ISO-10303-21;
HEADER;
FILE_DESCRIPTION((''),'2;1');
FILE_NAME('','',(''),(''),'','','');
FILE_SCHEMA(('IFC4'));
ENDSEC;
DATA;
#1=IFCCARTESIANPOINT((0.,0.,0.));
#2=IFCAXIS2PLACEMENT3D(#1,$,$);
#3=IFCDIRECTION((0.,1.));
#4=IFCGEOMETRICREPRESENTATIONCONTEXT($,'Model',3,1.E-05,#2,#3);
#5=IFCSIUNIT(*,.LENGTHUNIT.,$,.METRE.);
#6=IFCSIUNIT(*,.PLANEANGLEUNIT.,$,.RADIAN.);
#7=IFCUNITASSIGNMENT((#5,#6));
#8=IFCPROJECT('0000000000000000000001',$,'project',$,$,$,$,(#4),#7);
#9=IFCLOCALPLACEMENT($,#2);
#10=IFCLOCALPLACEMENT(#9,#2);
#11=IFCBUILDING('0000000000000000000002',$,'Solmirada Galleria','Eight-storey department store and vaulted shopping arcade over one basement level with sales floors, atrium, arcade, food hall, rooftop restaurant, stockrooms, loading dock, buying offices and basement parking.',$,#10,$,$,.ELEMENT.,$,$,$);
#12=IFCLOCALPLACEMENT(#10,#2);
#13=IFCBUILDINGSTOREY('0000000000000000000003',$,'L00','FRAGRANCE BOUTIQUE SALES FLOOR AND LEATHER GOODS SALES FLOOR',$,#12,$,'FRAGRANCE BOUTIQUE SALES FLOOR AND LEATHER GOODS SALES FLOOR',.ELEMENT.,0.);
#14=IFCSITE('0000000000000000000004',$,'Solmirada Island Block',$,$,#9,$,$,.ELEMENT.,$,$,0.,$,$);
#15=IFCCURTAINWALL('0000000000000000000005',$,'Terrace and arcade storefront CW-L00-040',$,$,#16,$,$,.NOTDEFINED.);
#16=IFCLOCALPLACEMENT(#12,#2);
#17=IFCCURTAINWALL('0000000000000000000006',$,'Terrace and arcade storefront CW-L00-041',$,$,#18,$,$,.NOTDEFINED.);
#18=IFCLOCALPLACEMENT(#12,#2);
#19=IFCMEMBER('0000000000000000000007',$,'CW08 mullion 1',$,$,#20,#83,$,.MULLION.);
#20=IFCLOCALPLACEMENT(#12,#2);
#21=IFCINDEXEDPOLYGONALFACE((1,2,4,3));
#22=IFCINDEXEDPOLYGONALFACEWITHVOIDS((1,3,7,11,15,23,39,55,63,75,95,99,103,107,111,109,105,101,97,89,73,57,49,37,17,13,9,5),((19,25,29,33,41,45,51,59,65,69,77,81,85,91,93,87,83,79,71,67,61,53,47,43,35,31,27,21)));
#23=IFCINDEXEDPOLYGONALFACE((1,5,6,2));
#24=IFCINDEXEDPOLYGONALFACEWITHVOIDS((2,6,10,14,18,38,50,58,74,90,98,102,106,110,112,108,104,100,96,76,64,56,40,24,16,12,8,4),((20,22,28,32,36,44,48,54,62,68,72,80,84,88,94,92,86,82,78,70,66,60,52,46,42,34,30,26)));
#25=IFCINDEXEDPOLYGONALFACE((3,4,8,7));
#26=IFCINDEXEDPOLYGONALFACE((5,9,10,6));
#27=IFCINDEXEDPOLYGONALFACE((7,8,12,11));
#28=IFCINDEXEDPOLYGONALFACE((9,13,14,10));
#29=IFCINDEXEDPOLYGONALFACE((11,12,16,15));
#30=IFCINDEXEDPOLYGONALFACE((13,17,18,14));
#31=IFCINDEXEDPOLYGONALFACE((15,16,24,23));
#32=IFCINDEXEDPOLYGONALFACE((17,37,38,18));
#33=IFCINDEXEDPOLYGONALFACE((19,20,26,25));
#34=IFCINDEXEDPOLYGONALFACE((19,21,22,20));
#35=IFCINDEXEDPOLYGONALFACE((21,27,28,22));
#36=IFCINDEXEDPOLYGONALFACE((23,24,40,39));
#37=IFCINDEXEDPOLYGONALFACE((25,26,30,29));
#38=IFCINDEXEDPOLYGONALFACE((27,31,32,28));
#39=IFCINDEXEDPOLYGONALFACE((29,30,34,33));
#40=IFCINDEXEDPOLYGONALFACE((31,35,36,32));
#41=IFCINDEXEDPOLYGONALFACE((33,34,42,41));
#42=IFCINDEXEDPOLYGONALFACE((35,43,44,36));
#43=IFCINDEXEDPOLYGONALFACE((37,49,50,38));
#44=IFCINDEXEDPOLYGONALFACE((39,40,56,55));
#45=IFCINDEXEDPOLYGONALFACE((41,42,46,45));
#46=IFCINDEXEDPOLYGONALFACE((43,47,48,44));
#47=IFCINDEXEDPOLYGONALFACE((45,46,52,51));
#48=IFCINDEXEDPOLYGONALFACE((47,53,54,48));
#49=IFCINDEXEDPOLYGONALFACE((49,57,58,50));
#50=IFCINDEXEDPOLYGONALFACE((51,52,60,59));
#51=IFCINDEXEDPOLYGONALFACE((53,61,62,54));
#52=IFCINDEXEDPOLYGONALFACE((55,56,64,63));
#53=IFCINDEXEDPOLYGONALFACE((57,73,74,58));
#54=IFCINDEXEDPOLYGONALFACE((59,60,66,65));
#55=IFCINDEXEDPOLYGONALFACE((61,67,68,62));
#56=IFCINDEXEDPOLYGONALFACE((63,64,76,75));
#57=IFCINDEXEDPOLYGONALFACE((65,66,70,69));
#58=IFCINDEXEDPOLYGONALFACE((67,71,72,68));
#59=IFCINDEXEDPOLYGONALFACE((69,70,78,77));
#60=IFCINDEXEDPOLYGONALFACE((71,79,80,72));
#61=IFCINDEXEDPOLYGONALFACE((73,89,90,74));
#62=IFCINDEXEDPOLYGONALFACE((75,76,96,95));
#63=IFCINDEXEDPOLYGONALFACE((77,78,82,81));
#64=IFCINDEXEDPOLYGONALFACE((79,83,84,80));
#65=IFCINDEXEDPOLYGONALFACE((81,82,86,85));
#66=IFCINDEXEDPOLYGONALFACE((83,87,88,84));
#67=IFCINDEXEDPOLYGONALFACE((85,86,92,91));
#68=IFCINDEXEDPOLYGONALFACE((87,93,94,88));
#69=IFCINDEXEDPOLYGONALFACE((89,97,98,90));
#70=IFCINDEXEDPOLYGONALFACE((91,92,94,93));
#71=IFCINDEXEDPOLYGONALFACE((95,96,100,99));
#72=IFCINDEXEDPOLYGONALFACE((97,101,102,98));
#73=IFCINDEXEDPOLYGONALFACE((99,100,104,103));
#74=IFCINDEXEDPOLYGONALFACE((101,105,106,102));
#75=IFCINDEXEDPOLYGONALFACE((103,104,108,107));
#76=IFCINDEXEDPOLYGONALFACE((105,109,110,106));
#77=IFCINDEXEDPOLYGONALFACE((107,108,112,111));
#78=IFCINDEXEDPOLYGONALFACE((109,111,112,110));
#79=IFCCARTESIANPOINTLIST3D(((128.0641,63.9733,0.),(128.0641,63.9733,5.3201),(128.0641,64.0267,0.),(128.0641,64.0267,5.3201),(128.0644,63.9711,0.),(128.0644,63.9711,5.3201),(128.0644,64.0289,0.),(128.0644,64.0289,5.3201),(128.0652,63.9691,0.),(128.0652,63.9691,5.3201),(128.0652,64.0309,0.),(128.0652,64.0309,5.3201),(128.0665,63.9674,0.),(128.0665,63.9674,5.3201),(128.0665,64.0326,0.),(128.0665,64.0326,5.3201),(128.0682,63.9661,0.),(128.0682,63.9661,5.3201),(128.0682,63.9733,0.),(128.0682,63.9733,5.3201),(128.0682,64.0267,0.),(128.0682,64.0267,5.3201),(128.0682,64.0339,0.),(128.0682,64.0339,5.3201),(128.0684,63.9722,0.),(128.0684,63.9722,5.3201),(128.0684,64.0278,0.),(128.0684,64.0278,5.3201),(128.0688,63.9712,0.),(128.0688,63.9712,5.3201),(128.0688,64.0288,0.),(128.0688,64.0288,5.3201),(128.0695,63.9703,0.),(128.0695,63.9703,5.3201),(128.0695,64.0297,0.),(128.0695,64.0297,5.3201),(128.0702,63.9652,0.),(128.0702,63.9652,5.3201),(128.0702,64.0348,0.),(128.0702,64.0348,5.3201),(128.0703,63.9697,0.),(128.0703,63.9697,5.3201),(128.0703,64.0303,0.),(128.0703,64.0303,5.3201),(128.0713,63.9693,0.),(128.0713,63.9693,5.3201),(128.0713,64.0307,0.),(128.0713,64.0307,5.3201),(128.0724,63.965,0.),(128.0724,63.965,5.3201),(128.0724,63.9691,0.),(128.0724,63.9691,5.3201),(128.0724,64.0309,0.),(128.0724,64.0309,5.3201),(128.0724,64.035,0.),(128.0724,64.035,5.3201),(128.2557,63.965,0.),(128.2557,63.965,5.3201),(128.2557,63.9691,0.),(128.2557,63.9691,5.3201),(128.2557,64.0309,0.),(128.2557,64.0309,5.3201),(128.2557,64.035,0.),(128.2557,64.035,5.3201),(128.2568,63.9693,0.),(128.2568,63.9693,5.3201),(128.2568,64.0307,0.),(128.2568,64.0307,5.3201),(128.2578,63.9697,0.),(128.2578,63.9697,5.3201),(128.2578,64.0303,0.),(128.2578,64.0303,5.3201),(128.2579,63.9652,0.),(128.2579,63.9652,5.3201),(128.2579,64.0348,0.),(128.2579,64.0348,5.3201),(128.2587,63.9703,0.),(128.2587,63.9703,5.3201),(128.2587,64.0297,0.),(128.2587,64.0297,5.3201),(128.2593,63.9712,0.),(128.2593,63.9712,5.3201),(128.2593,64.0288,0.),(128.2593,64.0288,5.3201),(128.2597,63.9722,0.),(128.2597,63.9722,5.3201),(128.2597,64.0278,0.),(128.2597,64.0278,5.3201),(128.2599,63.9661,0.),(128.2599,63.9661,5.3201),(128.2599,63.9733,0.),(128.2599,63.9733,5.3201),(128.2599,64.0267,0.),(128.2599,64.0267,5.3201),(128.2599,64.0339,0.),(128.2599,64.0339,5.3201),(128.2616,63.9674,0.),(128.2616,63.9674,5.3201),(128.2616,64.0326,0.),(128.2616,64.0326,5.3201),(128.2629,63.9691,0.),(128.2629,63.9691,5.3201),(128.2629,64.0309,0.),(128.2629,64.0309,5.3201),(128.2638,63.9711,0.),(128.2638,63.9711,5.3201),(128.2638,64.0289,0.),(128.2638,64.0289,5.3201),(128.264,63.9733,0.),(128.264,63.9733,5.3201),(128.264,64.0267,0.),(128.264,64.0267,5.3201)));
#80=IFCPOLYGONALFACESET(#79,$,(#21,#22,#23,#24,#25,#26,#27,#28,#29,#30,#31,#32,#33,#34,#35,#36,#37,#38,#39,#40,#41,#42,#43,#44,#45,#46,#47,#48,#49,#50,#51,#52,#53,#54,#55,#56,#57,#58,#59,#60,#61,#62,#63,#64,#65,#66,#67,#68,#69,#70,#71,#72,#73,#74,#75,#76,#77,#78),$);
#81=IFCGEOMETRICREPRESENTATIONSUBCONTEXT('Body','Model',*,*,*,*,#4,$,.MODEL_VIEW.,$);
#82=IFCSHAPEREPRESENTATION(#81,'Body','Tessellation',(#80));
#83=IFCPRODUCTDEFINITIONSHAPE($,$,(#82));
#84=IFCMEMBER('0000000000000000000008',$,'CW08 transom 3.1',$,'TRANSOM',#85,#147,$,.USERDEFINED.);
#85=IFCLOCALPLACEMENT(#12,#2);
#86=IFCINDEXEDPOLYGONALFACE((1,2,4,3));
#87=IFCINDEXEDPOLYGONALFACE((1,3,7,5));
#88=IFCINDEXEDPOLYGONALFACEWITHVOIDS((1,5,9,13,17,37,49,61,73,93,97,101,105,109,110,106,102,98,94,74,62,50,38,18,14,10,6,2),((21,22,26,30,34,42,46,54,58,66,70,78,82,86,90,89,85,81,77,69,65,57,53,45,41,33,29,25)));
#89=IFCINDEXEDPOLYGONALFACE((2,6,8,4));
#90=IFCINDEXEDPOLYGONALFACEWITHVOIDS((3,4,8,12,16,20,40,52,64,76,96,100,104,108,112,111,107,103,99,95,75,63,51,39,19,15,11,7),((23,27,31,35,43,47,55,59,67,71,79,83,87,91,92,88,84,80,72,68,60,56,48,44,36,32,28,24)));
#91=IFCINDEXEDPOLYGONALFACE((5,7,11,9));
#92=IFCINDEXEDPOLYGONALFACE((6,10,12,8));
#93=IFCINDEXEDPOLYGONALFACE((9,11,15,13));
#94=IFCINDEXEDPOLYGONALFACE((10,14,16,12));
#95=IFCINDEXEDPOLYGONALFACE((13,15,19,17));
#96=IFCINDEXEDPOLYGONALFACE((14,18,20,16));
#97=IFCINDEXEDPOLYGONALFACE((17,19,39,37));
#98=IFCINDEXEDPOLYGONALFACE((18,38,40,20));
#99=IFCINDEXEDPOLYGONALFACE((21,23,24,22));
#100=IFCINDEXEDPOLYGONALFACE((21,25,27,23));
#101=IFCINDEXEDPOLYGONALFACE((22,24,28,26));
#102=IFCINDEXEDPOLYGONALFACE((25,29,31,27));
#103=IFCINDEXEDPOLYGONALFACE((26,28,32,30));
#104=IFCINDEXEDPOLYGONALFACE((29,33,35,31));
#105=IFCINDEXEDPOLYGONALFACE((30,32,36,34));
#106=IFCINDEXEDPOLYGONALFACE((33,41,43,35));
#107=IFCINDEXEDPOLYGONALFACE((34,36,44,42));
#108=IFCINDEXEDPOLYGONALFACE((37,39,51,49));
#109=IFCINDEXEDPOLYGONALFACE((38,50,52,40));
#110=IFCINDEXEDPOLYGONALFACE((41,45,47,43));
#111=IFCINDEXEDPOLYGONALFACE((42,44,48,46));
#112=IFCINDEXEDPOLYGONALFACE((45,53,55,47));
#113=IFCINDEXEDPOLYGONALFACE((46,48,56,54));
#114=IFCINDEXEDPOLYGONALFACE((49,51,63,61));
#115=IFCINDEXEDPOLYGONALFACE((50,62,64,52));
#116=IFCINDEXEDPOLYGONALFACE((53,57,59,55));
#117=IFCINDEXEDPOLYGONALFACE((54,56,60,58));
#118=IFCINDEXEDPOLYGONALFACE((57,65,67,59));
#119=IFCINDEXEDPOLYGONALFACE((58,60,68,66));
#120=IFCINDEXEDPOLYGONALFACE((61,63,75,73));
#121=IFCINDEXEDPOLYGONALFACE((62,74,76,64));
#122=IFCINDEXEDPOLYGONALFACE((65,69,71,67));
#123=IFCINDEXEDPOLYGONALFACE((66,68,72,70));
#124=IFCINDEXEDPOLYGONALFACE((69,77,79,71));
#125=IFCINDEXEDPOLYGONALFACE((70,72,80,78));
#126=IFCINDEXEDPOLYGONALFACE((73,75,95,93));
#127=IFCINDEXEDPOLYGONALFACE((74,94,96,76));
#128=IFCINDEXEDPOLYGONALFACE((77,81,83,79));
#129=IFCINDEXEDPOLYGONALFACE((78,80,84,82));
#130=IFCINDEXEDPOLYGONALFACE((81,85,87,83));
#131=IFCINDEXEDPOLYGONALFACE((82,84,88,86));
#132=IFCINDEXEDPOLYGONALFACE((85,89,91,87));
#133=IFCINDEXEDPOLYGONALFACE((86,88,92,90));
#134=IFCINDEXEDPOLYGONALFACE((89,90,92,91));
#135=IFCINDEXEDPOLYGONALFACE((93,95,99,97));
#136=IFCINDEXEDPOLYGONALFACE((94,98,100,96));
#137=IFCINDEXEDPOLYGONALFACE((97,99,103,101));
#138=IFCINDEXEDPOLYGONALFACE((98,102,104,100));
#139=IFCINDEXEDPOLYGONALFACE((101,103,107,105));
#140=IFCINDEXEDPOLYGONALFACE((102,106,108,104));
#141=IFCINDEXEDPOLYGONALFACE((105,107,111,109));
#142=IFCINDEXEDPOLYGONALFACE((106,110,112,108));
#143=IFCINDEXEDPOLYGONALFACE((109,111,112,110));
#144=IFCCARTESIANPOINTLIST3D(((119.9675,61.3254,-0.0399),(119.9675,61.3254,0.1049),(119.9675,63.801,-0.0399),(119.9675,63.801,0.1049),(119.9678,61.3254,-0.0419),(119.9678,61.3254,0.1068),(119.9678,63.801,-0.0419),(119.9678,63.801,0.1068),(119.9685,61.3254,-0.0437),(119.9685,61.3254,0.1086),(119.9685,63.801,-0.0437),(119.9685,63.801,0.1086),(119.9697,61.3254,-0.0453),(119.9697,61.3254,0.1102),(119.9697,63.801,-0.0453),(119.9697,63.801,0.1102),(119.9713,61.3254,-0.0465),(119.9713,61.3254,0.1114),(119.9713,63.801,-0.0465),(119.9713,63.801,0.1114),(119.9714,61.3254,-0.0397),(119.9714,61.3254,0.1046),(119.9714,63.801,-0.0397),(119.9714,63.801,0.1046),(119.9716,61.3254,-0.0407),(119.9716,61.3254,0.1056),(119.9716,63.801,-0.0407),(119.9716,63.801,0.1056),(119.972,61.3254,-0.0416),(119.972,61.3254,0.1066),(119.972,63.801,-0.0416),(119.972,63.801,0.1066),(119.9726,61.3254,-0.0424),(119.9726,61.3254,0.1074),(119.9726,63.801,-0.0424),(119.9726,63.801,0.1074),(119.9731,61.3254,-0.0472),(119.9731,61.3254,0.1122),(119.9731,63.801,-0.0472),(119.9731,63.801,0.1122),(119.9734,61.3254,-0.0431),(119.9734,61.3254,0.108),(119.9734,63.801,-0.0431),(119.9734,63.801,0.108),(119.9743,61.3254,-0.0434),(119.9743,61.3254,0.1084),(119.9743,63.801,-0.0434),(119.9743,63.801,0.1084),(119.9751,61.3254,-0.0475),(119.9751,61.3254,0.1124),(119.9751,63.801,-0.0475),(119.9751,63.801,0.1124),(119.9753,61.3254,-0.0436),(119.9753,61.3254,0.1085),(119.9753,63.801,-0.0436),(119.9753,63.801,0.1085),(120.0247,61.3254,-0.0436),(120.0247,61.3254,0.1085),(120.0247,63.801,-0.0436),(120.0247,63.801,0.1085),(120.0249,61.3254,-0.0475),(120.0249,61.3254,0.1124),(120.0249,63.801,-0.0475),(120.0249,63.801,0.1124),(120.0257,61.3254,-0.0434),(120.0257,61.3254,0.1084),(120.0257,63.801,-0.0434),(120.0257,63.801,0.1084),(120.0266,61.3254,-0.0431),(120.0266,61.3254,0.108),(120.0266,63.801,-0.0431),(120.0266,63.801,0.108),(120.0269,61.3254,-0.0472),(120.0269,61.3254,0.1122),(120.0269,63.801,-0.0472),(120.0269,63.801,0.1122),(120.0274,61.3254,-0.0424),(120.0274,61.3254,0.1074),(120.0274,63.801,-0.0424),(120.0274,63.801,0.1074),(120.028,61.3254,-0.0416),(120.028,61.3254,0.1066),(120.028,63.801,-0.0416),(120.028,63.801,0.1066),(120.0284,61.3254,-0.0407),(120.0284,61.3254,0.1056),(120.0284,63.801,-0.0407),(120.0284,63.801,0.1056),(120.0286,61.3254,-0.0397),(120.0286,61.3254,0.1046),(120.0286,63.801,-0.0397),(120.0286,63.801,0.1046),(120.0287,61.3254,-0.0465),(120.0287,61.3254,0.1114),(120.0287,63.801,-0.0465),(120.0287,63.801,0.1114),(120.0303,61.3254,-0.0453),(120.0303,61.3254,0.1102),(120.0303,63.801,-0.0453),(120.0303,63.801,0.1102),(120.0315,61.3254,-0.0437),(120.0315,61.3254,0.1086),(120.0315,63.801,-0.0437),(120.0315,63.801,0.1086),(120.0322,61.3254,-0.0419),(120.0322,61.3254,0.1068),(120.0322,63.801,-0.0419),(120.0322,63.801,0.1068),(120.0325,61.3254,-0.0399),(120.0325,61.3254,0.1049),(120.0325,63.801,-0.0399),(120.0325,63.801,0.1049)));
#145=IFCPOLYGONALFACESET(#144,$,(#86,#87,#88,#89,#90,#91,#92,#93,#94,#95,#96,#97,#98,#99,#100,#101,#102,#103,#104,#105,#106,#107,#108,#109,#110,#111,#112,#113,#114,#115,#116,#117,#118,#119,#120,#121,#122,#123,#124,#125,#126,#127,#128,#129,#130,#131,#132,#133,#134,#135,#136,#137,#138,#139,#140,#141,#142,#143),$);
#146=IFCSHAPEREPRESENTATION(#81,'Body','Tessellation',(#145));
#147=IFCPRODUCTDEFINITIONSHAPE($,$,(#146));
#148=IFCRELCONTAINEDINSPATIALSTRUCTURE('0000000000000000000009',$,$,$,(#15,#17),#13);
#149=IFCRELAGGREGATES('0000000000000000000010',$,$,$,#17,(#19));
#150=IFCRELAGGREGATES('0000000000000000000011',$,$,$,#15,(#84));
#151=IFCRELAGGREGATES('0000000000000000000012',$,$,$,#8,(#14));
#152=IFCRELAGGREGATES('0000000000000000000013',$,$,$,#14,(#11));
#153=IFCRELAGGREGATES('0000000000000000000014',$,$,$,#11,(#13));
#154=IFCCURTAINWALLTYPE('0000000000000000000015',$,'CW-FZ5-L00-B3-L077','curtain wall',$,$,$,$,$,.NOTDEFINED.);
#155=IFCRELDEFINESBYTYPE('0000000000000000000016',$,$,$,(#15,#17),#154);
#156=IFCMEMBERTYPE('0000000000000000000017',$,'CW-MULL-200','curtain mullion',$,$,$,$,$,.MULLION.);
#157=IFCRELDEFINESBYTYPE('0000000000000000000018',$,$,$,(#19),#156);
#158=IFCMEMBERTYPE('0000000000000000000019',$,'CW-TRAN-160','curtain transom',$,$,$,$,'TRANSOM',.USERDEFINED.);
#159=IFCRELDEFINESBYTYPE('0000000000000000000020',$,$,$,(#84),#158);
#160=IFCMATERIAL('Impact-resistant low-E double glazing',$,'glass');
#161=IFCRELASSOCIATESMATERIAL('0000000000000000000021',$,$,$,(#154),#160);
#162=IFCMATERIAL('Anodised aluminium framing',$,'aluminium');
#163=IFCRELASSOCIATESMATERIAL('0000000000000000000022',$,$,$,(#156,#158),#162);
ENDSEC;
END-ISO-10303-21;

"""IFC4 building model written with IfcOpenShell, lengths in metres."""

from ifc_helpers import new_model, si_unit, direction, frame, origin, origin_2d, place, context, subcontext, project, spatial, hollow_rectangle, extrude, material, material_profile, profile_set, type_object, element, aggregate, save


model = new_model("IFC4")

# Units and contexts
model_context = context("Model", 3, precision=1e-05, world=origin(), true_north=direction((0.0, 1.0)))
body_context = subcontext(model_context, "Body", "Model", "MODEL_VIEW")
ifc_project = project(units=[si_unit("LENGTHUNIT", "METRE"), si_unit("PLANEANGLEUNIT", "RADIAN")], contexts=[model_context])

# Site, building, storey
site_placement = place(None, origin())
site = spatial("IfcSite", under=ifc_project, at=site_placement, Name="Solmirada Island Block", CompositionType="ELEMENT", RefElevation=0.0)
building_placement = place(site_placement, origin())
building = spatial("IfcBuilding", under=site, at=building_placement, Name="Solmirada Galleria", Description="Eight-storey department store and vaulted shopping arcade over one basement level with sales floors, atrium, arcade, food hall, rooftop restaurant, stockrooms, loading dock, buying offices and basement parking.", CompositionType="ELEMENT")
storey_placement = place(building_placement, origin())
storey = spatial("IfcBuildingStorey", under=building, at=storey_placement, Name="L00", Description="FRAGRANCE BOUTIQUE SALES FLOOR AND LEATHER GOODS SALES FLOOR", LongName="FRAGRANCE BOUTIQUE SALES FLOOR AND LEATHER GOODS SALES FLOOR", CompositionType="ELEMENT", Elevation=0.0)

# Curtain wall
ifc_material_1 = material(Name="Impact-resistant low-E double glazing", Category="glass")
curtain_wall_type = type_object("IfcCurtainWallType", Name="CW-FZ5-L00-B3-L077", Description="curtain wall", PredefinedType="NOTDEFINED", material=ifc_material_1)
curtain_wall_1_placement = place(storey_placement, origin())
curtain_wall_1 = element("IfcCurtainWall", 1, at=curtain_wall_1_placement, inside=storey, type_object=curtain_wall_type, Name="Terrace and arcade storefront CW-L00-040", PredefinedType="NOTDEFINED")
ifc_material_2 = material(Name="Anodised aluminium framing", Category="aluminium")
ifc_material_profile_1 = material_profile(ifc_material_2, hollow_rectangle(XDim=0.0701, YDim=0.2, WallThickness=0.0042, InnerFilletRadius=0.0042, OuterFilletRadius=0.0083, at=origin_2d()), Name="ALU-MULL-200X70")
ifc_profile_set_1 = profile_set([ifc_material_profile_1], Name="Anodised aluminium framing")
member_type_1 = type_object("IfcMemberType", Name="CW-MULL-200", Description="curtain mullion", PredefinedType="MULLION", material=ifc_profile_set_1)

# Curtain wall, member
curtain_wall_2_placement = place(storey_placement, origin())
curtain_wall_2 = element("IfcCurtainWall", 2, at=curtain_wall_2_placement, inside=storey, type_object=curtain_wall_type, Name="Terrace and arcade storefront CW-L00-041", PredefinedType="NOTDEFINED")
member_1_placement = place(storey_placement, frame((128.1641, 64.0, 0.0), z_axis=(0.0, 0.0, 1.0), x_axis=(0.0, 1.0, 0.0)))
member_1 = element("IfcMember", 3, at=member_1_placement, type_object=member_type_1, Name="CW08 mullion 1", PredefinedType="MULLION", context=body_context, shape_type="SweptSolid", body=[
    extrude(hollow_rectangle(XDim=0.0701, YDim=0.2, WallThickness=0.0042, InnerFilletRadius=0.0042, OuterFilletRadius=0.0083, at=origin_2d()), origin(), (0.0, 0.0, 1.0), 5.3201),
])

# Member
ifc_material_profile_2 = material_profile(ifc_material_2, hollow_rectangle(XDim=0.0649, YDim=0.1599, WallThickness=0.0039, InnerFilletRadius=0.0039, OuterFilletRadius=0.0076, at=origin_2d()), Name="ALU-TRAN-160X65")
ifc_profile_set_2 = profile_set([ifc_material_profile_2], Name="Anodised aluminium framing")
member_type_2 = type_object("IfcMemberType", Name="CW-TRAN-160", Description="curtain transom", ElementType="TRANSOM", PredefinedType="USERDEFINED", material=ifc_profile_set_2)
member_2_placement = place(storey_placement, frame((120.0, 61.3254, 0.0325), z_axis=(0.0, 1.0, 0.0), x_axis=(-1.0, 0.0, 0.0)))
member_2 = element("IfcMember", 4, at=member_2_placement, type_object=member_type_2, Name="CW08 transom 3.1", ObjectType="TRANSOM", PredefinedType="USERDEFINED", context=body_context, shape_type="SweptSolid", body=[
    extrude(hollow_rectangle(XDim=0.0649, YDim=0.1599, WallThickness=0.0039, InnerFilletRadius=0.0039, OuterFilletRadius=0.0076, at=origin_2d()), origin(), (0.0, 0.0, 1.0), 2.4756),
])
aggregate(curtain_wall_2, [member_1])

aggregate(curtain_wall_1, [member_2])

save(model, "model.ifc")
